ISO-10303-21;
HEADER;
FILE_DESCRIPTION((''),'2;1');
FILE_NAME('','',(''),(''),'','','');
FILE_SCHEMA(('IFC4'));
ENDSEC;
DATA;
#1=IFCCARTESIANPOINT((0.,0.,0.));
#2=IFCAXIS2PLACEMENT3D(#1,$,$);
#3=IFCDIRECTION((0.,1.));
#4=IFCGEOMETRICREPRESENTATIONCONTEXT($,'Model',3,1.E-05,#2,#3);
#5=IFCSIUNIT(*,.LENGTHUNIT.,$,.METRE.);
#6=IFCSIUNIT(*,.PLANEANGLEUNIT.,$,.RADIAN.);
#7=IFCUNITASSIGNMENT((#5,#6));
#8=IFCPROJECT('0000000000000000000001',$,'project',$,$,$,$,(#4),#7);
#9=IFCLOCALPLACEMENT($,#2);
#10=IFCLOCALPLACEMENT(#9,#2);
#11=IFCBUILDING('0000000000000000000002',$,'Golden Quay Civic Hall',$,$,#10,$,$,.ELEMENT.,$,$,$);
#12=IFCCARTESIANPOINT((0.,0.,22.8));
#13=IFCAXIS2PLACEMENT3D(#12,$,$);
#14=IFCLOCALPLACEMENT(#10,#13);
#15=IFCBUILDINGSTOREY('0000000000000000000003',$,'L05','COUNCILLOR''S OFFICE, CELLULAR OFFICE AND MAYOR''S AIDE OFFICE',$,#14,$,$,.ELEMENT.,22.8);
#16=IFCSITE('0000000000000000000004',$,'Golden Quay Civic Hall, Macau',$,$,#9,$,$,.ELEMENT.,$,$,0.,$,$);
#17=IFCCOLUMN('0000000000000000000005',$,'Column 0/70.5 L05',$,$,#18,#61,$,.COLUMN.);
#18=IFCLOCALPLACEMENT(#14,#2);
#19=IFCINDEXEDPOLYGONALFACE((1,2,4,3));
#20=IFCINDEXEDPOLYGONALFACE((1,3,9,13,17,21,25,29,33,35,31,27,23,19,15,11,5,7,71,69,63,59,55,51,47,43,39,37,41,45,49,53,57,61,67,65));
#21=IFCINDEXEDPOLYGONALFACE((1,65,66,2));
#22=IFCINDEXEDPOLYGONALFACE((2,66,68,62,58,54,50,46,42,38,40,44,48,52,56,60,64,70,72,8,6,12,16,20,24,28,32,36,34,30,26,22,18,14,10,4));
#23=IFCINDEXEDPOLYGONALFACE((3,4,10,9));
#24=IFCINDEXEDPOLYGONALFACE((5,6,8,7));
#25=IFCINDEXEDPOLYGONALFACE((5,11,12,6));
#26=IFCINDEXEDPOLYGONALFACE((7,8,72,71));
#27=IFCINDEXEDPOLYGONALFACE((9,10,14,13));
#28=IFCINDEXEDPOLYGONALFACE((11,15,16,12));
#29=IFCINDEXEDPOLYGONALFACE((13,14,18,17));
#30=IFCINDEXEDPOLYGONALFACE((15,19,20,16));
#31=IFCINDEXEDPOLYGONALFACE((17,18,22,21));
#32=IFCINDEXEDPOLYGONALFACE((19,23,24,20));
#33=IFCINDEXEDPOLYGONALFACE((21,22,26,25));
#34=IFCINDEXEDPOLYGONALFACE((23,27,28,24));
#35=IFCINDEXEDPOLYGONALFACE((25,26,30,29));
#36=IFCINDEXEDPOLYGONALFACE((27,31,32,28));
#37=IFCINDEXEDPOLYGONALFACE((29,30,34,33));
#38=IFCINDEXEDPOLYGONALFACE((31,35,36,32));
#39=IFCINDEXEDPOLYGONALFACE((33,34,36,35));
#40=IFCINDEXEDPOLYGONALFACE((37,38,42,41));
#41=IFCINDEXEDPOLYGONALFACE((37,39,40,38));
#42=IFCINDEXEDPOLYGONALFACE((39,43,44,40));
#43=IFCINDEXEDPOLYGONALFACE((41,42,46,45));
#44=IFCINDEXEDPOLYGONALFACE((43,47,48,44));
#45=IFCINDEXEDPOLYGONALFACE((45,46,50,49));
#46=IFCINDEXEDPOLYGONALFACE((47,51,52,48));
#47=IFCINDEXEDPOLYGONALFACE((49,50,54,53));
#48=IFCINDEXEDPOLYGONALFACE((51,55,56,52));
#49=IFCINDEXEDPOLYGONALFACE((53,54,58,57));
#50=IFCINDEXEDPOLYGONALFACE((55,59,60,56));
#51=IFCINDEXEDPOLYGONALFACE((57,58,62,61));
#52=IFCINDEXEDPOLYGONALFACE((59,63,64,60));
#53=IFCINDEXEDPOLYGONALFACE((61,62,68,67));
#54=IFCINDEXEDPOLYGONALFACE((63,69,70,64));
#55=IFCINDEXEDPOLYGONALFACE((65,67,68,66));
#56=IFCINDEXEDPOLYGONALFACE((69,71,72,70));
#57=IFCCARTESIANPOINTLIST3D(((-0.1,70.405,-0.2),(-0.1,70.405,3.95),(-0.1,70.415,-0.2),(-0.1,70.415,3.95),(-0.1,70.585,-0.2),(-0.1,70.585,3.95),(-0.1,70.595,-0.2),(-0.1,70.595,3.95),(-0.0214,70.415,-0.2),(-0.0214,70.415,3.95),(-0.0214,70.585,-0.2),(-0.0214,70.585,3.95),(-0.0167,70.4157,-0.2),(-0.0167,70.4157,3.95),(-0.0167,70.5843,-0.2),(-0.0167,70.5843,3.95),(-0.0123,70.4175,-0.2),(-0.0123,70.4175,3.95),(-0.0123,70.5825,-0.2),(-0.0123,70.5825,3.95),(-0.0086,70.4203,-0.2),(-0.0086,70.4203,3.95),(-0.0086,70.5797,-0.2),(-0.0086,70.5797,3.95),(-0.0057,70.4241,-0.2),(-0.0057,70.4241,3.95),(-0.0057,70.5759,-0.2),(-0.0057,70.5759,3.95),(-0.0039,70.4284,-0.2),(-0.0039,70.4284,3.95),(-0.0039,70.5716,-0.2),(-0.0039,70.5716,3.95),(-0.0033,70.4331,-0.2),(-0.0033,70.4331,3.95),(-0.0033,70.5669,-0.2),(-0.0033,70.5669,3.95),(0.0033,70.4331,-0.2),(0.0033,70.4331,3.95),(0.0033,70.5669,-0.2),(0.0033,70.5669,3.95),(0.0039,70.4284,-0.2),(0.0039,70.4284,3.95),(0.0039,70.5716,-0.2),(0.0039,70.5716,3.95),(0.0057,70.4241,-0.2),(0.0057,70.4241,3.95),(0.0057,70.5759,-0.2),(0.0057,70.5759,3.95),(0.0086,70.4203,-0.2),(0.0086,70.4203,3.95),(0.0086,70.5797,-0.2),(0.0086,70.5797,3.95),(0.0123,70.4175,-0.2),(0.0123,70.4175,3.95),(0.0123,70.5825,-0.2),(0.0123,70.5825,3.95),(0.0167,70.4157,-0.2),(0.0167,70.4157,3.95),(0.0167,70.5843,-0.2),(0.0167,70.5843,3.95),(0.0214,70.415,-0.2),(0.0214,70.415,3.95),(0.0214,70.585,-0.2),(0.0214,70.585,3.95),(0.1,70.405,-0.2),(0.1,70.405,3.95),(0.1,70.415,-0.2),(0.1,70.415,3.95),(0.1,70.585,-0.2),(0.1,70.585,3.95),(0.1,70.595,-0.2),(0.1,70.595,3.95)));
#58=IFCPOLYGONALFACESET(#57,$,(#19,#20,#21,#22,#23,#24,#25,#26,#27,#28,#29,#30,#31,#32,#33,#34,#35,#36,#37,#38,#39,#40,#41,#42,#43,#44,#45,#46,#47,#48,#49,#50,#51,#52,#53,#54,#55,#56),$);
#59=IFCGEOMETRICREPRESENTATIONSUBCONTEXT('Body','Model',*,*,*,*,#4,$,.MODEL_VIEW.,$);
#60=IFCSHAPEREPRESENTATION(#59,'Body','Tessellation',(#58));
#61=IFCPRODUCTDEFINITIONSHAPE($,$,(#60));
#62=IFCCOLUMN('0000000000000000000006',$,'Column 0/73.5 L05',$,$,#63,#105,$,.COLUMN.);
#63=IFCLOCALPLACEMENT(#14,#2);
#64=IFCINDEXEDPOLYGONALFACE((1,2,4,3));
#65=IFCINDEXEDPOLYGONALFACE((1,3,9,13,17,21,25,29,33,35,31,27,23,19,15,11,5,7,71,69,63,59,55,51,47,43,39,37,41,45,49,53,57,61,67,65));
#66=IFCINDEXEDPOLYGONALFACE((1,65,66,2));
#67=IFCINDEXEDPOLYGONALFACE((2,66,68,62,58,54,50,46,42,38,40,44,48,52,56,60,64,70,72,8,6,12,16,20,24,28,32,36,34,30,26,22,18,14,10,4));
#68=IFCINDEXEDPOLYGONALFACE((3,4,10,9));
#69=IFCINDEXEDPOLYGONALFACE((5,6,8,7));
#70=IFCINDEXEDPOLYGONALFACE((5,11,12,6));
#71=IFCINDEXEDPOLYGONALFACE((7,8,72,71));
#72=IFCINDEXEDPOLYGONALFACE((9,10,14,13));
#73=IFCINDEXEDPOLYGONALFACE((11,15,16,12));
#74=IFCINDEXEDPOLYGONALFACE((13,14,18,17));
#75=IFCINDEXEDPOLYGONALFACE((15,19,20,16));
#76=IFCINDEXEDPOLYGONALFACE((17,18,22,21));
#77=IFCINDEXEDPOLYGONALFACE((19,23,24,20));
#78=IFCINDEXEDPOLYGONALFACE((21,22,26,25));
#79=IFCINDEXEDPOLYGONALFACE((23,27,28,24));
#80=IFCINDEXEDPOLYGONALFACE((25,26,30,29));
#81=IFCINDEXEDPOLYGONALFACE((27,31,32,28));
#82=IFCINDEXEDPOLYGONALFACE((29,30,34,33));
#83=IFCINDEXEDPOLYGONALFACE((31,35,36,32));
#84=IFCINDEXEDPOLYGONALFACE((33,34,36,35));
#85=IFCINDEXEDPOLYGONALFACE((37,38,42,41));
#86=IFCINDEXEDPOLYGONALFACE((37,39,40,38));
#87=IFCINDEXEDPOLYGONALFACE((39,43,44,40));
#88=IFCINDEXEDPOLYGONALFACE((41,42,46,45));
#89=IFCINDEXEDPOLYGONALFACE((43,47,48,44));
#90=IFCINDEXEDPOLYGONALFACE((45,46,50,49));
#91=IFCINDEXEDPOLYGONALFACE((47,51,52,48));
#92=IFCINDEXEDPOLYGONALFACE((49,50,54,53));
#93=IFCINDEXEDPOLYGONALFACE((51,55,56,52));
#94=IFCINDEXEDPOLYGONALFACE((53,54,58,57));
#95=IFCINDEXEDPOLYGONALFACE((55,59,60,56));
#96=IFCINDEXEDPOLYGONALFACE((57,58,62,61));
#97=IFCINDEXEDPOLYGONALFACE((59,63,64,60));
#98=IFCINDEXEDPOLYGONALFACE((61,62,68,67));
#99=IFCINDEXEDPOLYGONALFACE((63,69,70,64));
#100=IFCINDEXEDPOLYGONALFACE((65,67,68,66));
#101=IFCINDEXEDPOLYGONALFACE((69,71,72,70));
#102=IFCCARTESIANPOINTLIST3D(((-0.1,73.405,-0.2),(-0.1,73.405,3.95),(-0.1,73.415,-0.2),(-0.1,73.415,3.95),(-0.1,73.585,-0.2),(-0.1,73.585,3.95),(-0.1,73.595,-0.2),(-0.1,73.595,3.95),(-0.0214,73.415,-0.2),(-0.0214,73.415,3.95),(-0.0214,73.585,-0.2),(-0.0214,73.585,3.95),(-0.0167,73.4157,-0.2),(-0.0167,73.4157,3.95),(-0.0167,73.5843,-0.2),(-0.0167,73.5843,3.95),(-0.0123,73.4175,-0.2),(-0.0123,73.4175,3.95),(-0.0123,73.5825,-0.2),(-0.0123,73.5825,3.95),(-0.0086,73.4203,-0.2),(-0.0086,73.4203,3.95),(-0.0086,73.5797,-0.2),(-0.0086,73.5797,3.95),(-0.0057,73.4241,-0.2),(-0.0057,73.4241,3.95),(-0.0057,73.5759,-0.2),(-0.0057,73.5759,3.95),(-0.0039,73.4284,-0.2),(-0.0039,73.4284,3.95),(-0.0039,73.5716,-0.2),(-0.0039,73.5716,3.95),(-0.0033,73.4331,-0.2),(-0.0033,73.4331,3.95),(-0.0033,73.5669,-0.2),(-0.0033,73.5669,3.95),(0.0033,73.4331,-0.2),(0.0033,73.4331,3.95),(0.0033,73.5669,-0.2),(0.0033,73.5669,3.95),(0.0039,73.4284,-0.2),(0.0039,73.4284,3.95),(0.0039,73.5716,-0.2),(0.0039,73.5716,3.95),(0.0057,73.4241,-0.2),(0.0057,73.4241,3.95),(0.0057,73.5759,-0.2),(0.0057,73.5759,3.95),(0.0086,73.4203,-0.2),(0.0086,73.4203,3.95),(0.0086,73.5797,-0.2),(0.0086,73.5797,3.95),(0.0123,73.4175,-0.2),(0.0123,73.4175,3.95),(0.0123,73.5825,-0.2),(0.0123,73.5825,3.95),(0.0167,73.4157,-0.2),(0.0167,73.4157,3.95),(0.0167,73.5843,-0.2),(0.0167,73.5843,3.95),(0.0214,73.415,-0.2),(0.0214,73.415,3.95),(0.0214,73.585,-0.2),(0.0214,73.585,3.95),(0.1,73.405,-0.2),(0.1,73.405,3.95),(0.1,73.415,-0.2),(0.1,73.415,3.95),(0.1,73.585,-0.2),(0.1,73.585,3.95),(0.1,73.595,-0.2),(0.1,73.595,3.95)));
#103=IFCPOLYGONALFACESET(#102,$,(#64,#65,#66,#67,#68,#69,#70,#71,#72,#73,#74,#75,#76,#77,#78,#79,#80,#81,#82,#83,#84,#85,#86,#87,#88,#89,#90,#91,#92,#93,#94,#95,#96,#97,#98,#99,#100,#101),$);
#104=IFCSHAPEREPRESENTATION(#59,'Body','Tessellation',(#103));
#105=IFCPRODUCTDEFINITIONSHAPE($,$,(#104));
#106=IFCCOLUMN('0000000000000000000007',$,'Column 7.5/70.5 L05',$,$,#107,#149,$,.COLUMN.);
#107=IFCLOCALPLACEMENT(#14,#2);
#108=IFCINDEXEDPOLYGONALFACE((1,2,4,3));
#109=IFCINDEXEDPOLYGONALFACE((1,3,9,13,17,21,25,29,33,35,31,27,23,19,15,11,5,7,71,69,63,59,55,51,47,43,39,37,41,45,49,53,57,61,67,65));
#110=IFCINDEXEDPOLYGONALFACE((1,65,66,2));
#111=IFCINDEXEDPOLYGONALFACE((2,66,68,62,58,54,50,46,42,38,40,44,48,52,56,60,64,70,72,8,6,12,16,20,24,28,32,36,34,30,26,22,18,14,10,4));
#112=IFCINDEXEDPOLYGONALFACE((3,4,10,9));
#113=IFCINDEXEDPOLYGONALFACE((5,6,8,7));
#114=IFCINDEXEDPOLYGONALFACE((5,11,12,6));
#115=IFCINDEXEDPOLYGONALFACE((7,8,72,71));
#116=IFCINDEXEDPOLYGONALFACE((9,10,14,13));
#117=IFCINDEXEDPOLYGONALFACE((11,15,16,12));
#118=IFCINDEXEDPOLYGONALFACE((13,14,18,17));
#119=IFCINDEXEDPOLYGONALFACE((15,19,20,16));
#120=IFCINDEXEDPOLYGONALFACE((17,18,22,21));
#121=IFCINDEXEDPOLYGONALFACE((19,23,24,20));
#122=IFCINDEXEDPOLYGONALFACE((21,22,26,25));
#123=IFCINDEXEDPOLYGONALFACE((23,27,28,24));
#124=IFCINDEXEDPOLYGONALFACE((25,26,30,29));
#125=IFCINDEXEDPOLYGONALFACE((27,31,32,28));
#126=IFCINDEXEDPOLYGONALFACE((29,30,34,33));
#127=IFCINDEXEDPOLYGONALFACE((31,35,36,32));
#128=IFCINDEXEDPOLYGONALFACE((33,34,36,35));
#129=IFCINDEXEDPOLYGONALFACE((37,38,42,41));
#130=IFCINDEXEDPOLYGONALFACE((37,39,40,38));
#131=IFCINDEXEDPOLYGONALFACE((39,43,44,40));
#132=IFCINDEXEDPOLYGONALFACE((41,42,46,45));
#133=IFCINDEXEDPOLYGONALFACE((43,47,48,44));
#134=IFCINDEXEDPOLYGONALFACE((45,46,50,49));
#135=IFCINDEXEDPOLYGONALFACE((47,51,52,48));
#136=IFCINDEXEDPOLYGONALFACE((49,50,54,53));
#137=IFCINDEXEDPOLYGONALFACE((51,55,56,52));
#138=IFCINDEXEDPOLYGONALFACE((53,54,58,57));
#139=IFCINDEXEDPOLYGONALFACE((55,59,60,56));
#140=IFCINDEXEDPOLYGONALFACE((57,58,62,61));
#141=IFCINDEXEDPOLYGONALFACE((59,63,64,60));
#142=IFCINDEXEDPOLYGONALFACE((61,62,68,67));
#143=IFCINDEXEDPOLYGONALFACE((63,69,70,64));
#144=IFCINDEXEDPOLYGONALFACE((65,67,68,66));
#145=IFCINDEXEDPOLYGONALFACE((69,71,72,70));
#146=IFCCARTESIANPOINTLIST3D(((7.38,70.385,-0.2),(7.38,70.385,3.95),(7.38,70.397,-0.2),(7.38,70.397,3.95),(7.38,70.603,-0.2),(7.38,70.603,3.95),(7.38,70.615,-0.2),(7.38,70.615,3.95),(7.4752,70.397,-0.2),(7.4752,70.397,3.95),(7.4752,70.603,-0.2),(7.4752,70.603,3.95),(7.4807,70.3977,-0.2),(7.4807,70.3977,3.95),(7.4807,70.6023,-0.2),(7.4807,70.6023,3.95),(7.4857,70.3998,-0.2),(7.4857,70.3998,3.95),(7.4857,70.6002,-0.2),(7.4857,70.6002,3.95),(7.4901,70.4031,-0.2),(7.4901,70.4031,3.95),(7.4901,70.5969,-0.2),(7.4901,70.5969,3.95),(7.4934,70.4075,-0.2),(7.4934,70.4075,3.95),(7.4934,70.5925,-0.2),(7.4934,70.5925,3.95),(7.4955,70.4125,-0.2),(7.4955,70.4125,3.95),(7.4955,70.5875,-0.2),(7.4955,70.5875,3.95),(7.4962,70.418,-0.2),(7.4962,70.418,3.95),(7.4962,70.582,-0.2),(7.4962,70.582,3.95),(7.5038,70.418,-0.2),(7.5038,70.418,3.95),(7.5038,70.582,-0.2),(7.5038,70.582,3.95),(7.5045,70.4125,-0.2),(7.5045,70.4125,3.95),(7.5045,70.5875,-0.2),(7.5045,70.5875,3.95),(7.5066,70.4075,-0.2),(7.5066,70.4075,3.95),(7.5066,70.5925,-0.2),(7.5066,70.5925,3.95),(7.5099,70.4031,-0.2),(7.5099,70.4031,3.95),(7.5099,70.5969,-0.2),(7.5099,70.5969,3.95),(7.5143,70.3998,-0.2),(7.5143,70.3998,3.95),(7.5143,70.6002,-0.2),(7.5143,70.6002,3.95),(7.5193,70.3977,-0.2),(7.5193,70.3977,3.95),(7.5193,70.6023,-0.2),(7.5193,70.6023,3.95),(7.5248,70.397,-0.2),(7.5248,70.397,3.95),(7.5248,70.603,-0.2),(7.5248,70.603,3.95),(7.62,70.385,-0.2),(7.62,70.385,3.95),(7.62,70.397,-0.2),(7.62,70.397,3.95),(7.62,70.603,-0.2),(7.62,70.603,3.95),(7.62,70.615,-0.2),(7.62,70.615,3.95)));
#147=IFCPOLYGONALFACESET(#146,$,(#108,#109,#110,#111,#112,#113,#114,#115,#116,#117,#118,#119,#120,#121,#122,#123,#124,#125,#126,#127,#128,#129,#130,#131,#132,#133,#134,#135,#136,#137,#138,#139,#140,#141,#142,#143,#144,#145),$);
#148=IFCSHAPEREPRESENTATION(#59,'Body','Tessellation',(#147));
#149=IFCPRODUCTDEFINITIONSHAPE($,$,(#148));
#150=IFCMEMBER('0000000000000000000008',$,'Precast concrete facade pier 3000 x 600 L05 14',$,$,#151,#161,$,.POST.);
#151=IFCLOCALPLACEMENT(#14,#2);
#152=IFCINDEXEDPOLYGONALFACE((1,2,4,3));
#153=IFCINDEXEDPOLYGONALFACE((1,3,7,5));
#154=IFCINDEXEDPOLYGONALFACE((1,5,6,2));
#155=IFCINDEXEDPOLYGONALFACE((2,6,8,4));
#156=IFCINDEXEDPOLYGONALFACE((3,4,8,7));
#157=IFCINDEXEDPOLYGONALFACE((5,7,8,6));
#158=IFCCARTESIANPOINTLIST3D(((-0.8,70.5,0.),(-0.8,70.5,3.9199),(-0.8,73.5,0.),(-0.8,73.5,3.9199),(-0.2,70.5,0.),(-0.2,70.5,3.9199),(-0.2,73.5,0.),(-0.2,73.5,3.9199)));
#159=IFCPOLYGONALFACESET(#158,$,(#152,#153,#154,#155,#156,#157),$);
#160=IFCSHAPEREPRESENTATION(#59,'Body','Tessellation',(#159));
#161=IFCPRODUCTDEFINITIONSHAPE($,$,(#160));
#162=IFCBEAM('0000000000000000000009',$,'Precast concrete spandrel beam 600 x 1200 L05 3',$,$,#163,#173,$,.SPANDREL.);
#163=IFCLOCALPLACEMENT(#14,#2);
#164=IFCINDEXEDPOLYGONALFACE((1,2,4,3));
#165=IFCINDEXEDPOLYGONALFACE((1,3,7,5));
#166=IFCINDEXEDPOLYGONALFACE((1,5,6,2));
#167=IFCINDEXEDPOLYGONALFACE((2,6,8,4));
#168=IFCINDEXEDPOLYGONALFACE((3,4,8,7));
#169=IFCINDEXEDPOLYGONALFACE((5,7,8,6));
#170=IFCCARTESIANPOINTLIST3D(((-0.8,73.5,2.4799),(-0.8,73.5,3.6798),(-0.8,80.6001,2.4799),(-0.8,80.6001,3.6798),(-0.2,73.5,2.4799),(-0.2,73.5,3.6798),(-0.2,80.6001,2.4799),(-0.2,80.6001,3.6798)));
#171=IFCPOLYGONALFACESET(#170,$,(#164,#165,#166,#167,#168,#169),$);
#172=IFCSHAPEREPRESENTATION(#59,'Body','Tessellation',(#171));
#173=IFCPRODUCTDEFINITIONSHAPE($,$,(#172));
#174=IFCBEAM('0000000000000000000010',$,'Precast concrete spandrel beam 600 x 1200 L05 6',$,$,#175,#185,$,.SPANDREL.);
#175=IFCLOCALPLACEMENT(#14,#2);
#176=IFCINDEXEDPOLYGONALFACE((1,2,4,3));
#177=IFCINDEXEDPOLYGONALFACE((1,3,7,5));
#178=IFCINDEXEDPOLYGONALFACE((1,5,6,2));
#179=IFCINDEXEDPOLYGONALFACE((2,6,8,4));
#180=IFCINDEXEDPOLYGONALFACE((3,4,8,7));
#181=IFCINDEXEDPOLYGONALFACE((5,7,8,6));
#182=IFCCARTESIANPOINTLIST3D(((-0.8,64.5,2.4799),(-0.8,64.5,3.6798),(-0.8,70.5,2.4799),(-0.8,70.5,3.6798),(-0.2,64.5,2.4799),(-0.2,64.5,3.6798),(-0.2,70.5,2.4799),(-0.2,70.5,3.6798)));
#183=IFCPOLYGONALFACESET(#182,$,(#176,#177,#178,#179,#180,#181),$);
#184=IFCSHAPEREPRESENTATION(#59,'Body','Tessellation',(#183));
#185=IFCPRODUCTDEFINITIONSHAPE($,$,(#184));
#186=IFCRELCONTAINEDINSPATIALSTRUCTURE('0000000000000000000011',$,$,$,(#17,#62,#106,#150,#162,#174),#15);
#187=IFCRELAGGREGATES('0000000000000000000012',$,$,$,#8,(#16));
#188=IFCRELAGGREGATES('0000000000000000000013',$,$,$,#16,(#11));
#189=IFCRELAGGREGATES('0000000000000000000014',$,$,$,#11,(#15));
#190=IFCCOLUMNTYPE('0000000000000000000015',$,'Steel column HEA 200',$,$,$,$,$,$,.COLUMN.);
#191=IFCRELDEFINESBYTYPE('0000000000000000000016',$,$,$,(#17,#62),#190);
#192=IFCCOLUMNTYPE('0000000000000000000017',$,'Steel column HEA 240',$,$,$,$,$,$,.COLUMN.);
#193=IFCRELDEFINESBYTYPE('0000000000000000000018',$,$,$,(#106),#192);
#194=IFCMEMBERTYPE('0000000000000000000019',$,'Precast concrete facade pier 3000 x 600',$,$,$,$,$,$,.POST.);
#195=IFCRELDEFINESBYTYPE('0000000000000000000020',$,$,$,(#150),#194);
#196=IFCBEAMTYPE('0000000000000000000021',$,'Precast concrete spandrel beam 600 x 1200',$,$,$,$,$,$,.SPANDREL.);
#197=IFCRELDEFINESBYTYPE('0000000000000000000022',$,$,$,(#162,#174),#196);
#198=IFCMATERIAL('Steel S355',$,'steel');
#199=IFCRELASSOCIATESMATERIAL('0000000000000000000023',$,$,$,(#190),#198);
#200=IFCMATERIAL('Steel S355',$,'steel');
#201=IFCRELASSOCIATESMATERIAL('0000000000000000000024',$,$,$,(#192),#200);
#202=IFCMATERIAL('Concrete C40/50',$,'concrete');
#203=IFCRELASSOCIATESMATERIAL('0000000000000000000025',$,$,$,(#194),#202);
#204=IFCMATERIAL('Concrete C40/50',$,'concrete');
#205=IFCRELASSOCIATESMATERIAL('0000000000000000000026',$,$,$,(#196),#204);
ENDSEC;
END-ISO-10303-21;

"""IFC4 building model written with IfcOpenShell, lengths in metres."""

from ifc_helpers import new_model, si_unit, direction, frame, origin, origin_2d, place, context, subcontext, project, spatial, rectangle, i_section, extrude, material, material_profile, profile_set, type_object, element, save


model = new_model("IFC4")

# Units and contexts
model_context = context("Model", 3, precision=1e-05, world=origin(), true_north=direction((0.0, 1.0)))
body_context = subcontext(model_context, "Body", "Model", "MODEL_VIEW")
ifc_project = project(units=[si_unit("LENGTHUNIT", "METRE"), si_unit("PLANEANGLEUNIT", "RADIAN")], contexts=[model_context])

# Site, building, storey
site_placement = place(None, origin())
site = spatial("IfcSite", under=ifc_project, at=site_placement, Name="Golden Quay Civic Hall, Macau", CompositionType="ELEMENT", RefElevation=0.0)
building_placement = place(site_placement, origin())
building = spatial("IfcBuilding", under=site, at=building_placement, Name="Golden Quay Civic Hall", CompositionType="ELEMENT")
storey_placement = place(building_placement, frame((0.0, 0.0, 22.8)))
storey = spatial("IfcBuildingStorey", under=building, at=storey_placement, Name="L05", Description="COUNCILLOR'S OFFICE, CELLULAR OFFICE AND MAYOR'S AIDE OFFICE", CompositionType="ELEMENT", Elevation=22.8)

# Columns
ifc_material_1 = material(Name="Steel S355", Category="steel")
ifc_material_profile_1 = material_profile(ifc_material_1, i_section(OverallWidth=0.2, OverallDepth=0.1899, WebThickness=0.0066, FlangeThickness=0.01, FilletRadius=0.0181, at=origin_2d()), Name="HEA 200")
ifc_profile_set_1 = profile_set([ifc_material_profile_1], Name="Steel S355")
column_type_1 = type_object("IfcColumnType", Name="Steel column HEA 200", PredefinedType="COLUMN", material=ifc_profile_set_1)
for number, where, z_axis, x_axis, name in (
    (1, (0.0, 70.5, -0.2), (0.0, 0.0, 1.0), (1.0, 0.0, 0.0), "Column 0/70.5 L05"),
    (2, (0.0, 73.5, -0.2), (0.0, 0.0, 1.0), (1.0, 0.0, 0.0), "Column 0/73.5 L05"),
):
    element("IfcColumn", number, at=place(storey_placement, frame(where, z_axis=z_axis, x_axis=x_axis)), inside=storey, type_object=column_type_1, Name=name, PredefinedType="COLUMN", context=body_context, shape_type="SweptSolid", body=[
        extrude(i_section(OverallWidth=0.2, OverallDepth=0.1899, WebThickness=0.0066, FlangeThickness=0.01, FilletRadius=0.0181, at=origin_2d()), origin(), (0.0, 0.0, 1.0), 4.1499),
    ])
ifc_material_2 = material(Name="Steel S355", Category="steel")
ifc_material_profile_2 = material_profile(ifc_material_2, i_section(OverallWidth=0.24, OverallDepth=0.23, WebThickness=0.0076, FlangeThickness=0.012, FilletRadius=0.021, at=origin_2d()), Name="HEA 240")
ifc_profile_set_2 = profile_set([ifc_material_profile_2], Name="Steel S355")
column_type_2 = type_object("IfcColumnType", Name="Steel column HEA 240", PredefinedType="COLUMN", material=ifc_profile_set_2)
column_placement = place(storey_placement, frame((7.5, 70.5, -0.2), z_axis=(0.0, 0.0, 1.0), x_axis=(1.0, 0.0, 0.0)))
element("IfcColumn", 3, at=column_placement, inside=storey, type_object=column_type_2, Name="Column 7.5/70.5 L05", PredefinedType="COLUMN", context=body_context, shape_type="SweptSolid", body=[
    extrude(i_section(OverallWidth=0.24, OverallDepth=0.23, WebThickness=0.0076, FlangeThickness=0.012, FilletRadius=0.021, at=origin_2d()), origin(), (0.0, 0.0, 1.0), 4.1499),
])

# Member
ifc_material_3 = material(Name="Concrete C40/50", Category="concrete")
ifc_material_profile_3 = material_profile(ifc_material_3, rectangle(XDim=3.0, YDim=0.6001, at=origin_2d()), Name="RC 3000x600")
ifc_profile_set_3 = profile_set([ifc_material_profile_3], Name="Concrete C40/50")
member_type = type_object("IfcMemberType", Name="Precast concrete facade pier 3000 x 600", PredefinedType="POST", material=ifc_profile_set_3)
member_placement = place(storey_placement, frame((-0.5, 72.0, 0.0), z_axis=(0.0, 0.0, 1.0), x_axis=(0.0, 1.0, 0.0)))
element("IfcMember", 4, at=member_placement, inside=storey, type_object=member_type, Name="Precast concrete facade pier 3000 x 600 L05 14", PredefinedType="POST", context=body_context, shape_type="SweptSolid", body=[
    extrude(rectangle(XDim=3.0, YDim=0.6001, at=origin_2d()), origin(), (0.0, 0.0, 1.0), 3.9199),
])

# Beams
ifc_material_4 = material(Name="Concrete C40/50", Category="concrete")
ifc_material_profile_4 = material_profile(ifc_material_4, rectangle(XDim=0.6001, YDim=1.2, at=origin_2d()), Name="RC 600x1200")
ifc_profile_set_4 = profile_set([ifc_material_profile_4], Name="Concrete C40/50")
beam_type_1 = type_object("IfcBeamType", Name="Precast concrete spandrel beam 600 x 1200", PredefinedType="SPANDREL", material=ifc_profile_set_4)
beam_1_placement = place(storey_placement, frame((-0.5, 73.5, 3.0798), z_axis=(0.0, 1.0, 0.0), x_axis=(-1.0, 0.0, 0.0)))
element("IfcBeam", 5, at=beam_1_placement, inside=storey, type_object=beam_type_1, Name="Precast concrete spandrel beam 600 x 1200 L05 3", PredefinedType="SPANDREL", context=body_context, shape_type="SweptSolid", body=[
    extrude(rectangle(XDim=0.6001, YDim=1.2, at=origin_2d()), origin(), (0.0, 0.0, 1.0), 7.1001),
])
beam_2_placement = place(storey_placement, frame((-0.5, 64.5, 3.0798), z_axis=(0.0, 1.0, 0.0), x_axis=(-1.0, 0.0, 0.0)))
element("IfcBeam", 6, at=beam_2_placement, inside=storey, type_object=beam_type_1, Name="Precast concrete spandrel beam 600 x 1200 L05 6", PredefinedType="SPANDREL", context=body_context, shape_type="SweptSolid", body=[
    extrude(rectangle(XDim=0.6001, YDim=1.2, at=origin_2d()), origin(), (0.0, 0.0, 1.0), 6.0),
])

save(model, "model.ifc")
